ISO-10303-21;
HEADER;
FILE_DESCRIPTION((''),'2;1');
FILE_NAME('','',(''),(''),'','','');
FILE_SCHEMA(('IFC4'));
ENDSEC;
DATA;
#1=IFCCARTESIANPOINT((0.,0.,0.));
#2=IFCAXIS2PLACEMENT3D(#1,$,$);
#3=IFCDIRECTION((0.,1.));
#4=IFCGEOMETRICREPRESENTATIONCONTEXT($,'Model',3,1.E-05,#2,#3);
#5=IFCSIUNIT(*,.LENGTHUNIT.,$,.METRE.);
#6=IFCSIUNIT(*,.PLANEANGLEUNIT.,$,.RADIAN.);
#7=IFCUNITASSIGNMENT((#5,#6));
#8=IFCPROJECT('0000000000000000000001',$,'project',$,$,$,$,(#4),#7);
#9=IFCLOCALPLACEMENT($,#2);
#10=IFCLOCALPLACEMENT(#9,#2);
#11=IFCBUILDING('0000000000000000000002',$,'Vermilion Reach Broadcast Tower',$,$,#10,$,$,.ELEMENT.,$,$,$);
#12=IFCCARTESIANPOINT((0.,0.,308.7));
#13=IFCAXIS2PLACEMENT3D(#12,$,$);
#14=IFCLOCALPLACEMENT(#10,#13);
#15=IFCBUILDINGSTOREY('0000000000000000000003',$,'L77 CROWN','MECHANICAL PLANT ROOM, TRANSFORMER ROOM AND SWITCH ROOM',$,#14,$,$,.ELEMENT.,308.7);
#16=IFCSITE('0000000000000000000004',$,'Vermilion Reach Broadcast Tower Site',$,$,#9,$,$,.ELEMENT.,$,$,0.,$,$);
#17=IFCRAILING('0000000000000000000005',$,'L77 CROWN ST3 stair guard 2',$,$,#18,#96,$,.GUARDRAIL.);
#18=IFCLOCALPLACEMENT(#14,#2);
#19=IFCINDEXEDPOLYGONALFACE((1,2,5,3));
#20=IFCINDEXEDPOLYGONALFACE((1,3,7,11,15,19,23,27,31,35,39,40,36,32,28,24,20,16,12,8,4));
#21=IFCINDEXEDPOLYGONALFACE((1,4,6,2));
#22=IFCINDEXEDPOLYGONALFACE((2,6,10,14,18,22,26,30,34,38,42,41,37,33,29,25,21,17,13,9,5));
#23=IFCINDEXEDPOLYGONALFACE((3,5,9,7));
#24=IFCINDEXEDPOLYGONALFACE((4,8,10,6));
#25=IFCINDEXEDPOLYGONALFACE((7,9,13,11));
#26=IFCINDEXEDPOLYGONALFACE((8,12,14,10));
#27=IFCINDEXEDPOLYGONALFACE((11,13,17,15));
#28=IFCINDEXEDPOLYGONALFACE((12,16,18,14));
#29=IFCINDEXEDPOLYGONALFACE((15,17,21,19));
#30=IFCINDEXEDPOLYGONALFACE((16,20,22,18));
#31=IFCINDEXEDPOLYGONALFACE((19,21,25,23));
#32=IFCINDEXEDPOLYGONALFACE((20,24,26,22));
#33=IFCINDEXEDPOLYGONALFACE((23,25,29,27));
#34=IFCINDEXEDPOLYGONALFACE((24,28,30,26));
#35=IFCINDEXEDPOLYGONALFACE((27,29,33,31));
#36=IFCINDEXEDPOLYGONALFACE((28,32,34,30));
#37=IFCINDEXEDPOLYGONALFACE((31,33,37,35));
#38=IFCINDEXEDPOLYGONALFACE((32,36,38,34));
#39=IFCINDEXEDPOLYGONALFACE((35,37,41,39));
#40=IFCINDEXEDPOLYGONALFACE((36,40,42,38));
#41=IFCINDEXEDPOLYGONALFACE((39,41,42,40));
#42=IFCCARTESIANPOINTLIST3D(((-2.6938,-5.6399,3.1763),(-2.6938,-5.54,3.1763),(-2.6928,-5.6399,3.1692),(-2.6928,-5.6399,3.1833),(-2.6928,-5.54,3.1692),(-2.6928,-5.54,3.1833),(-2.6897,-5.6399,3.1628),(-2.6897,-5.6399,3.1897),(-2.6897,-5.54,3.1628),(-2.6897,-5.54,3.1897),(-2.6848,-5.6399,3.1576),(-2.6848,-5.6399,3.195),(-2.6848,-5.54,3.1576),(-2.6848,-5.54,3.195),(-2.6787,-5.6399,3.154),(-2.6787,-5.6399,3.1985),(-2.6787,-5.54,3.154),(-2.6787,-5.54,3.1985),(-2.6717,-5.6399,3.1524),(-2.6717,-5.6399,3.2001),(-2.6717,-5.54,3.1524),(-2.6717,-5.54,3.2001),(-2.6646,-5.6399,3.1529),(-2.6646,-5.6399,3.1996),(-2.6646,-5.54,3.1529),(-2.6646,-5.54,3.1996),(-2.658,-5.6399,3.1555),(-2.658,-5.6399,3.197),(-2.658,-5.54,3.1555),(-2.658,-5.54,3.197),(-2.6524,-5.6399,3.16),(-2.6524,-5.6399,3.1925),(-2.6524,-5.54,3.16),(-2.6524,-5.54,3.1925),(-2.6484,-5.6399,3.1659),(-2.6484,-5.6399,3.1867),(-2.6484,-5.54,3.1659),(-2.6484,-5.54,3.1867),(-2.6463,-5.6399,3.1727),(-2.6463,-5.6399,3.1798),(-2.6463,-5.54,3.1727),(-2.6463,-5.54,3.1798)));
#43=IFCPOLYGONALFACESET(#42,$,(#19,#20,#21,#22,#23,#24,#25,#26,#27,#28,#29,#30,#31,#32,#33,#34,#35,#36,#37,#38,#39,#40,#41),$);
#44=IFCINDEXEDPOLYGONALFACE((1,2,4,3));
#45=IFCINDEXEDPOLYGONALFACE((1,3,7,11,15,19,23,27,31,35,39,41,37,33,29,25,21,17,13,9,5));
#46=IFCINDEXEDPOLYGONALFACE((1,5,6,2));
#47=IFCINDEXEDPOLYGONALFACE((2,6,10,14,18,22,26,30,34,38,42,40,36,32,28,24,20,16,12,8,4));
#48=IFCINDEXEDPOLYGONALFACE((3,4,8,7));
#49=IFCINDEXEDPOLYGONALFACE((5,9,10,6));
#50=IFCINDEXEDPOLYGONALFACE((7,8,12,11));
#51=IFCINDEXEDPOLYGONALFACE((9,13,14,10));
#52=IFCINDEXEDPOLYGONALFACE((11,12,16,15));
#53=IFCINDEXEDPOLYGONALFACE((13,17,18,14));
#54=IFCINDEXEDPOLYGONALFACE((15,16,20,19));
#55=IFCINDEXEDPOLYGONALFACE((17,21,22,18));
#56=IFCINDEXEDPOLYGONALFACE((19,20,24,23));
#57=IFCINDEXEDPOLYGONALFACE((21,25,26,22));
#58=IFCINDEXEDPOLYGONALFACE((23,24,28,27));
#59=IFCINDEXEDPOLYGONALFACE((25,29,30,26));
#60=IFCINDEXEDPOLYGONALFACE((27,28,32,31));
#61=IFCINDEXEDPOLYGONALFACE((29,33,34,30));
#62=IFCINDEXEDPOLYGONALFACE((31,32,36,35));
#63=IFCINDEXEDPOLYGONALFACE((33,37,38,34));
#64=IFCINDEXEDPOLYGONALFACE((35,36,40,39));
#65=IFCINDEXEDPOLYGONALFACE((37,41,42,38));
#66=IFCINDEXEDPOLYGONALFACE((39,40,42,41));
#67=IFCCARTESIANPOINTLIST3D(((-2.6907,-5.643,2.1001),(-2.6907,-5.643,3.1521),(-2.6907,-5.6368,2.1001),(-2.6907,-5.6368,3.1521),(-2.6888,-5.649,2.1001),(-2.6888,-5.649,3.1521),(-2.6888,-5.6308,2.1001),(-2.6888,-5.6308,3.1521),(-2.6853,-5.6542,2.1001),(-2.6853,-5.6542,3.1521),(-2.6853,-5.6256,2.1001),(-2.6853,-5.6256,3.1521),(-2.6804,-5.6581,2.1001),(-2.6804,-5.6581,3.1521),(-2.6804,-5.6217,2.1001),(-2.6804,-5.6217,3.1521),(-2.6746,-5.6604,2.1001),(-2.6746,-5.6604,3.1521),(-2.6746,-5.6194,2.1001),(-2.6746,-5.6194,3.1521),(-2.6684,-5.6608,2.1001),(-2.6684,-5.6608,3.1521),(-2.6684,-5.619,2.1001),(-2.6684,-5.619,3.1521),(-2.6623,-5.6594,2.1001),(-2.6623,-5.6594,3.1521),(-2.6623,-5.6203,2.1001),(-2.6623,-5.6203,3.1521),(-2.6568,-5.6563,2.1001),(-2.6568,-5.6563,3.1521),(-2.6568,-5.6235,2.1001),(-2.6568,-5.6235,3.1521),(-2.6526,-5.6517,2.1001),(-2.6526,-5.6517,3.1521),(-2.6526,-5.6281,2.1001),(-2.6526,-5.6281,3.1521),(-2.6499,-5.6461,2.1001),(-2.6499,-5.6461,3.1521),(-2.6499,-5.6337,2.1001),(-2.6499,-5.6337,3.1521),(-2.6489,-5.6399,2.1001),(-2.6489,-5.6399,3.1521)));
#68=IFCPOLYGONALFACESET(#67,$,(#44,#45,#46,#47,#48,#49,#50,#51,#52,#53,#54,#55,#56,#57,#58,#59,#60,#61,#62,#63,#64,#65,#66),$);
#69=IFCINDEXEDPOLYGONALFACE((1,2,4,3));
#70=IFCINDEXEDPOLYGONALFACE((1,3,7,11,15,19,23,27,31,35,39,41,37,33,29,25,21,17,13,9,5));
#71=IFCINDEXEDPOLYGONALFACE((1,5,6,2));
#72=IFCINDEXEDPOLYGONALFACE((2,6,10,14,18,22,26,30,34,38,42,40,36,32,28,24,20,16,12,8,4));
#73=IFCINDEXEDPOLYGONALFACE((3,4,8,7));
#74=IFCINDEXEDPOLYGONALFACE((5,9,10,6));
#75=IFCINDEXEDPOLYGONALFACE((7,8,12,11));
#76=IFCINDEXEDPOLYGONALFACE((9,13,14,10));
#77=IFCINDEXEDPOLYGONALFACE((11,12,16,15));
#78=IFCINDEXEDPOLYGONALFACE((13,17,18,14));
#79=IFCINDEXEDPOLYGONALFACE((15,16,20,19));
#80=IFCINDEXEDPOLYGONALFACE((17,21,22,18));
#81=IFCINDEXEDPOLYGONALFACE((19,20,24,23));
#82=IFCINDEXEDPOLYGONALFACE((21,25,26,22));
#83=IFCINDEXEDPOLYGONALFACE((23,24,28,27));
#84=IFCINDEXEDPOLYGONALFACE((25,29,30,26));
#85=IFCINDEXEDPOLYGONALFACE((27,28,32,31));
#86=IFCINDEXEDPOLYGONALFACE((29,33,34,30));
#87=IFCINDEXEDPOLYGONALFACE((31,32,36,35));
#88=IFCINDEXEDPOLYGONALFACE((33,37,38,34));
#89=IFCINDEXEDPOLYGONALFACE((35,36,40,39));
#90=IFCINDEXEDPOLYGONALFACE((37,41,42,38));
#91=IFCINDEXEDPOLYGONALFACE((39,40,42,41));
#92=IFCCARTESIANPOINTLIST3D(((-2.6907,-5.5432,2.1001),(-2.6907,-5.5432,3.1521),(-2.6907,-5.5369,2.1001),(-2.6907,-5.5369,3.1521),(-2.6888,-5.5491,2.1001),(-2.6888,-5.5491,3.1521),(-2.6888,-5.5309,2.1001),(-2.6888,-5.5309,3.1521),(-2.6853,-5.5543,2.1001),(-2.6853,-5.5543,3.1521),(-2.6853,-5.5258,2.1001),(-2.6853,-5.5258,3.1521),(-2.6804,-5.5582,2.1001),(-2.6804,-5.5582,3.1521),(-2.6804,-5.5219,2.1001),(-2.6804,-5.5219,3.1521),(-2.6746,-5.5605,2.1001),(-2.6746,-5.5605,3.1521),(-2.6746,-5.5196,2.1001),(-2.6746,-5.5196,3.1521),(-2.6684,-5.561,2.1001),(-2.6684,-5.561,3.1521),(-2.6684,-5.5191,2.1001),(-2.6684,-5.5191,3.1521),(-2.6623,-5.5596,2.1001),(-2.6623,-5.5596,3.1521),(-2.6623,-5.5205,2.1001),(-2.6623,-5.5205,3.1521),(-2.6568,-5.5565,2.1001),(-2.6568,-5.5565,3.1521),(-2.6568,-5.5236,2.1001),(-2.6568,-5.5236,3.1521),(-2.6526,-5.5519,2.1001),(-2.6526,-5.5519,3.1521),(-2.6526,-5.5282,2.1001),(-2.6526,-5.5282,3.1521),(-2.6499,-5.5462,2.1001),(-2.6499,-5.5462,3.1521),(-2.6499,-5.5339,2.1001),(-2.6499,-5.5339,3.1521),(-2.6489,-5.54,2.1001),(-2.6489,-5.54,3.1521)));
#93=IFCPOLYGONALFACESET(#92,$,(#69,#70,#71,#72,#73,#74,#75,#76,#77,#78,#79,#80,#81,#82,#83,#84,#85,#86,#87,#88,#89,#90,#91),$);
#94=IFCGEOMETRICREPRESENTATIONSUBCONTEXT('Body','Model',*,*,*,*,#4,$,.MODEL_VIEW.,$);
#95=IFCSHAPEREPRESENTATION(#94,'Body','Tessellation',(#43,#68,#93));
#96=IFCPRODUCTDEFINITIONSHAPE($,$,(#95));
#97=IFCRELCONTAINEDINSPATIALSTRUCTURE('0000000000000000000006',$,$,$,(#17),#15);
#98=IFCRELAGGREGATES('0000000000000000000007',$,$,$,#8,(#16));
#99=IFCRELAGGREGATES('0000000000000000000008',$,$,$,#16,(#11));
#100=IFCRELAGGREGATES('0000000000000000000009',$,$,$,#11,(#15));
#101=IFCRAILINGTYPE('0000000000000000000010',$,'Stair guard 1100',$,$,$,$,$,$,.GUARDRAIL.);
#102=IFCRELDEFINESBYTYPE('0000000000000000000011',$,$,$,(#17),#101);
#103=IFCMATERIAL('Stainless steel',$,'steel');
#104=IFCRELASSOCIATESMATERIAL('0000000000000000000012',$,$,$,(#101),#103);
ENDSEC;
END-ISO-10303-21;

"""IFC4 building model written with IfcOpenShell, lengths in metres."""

from ifc_helpers import new_model, si_unit, direction, frame, origin, origin_2d, place, context, subcontext, project, spatial, circle, extrude, material, type_object, element, save


model = new_model("IFC4")

# Units and contexts
model_context = context("Model", 3, precision=1e-05, world=origin(), true_north=direction((0.0, 1.0)))
body_context = subcontext(model_context, "Body", "Model", "MODEL_VIEW")
ifc_project = project(units=[si_unit("LENGTHUNIT", "METRE"), si_unit("PLANEANGLEUNIT", "RADIAN")], contexts=[model_context])

# Site, building, storey
site_placement = place(None, origin())
site = spatial("IfcSite", under=ifc_project, at=site_placement, Name="Vermilion Reach Broadcast Tower Site", CompositionType="ELEMENT", RefElevation=0.0)
building_placement = place(site_placement, origin())
building = spatial("IfcBuilding", under=site, at=building_placement, Name="Vermilion Reach Broadcast Tower", CompositionType="ELEMENT")
storey_placement = place(building_placement, frame((0.0, 0.0, 308.7)))
storey = spatial("IfcBuildingStorey", under=building, at=storey_placement, Name="L77 CROWN", Description="MECHANICAL PLANT ROOM, TRANSFORMER ROOM AND SWITCH ROOM", CompositionType="ELEMENT", Elevation=308.7)

# Railing
ifc_material_1 = material(Name="Stainless steel", Category="steel")
railing_type_1 = type_object("IfcRailingType", Name="Stair guard 1100", PredefinedType="GUARDRAIL", material=ifc_material_1)
railing_1_placement = place(storey_placement, frame((-2.6699, -5.6399, 2.1001)))
element("IfcRailing", 1, at=railing_1_placement, inside=storey, type_object=railing_type_1, Name="L77 CROWN ST3 stair guard 2", PredefinedType="GUARDRAIL", context=body_context, shape_type="SweptSolid", body=[
    extrude(circle(Radius=0.0239, at=origin_2d()), frame((0.0, 0.0, 1.0762), z_axis=(0.0, 1.0, 0.0), x_axis=(-1.0, 0.0, 0.0)), (0.0, 0.0, 1.0), 0.0999),
    extrude(circle(Radius=0.021, at=origin_2d()), origin(), (0.0, 0.0, 1.0), 1.052),
    extrude(circle(Radius=0.021, at=origin_2d()), frame((0.0, 0.0999, 0.0)), (0.0, 0.0, 1.0), 1.052),
])

save(model, "model.ifc")
